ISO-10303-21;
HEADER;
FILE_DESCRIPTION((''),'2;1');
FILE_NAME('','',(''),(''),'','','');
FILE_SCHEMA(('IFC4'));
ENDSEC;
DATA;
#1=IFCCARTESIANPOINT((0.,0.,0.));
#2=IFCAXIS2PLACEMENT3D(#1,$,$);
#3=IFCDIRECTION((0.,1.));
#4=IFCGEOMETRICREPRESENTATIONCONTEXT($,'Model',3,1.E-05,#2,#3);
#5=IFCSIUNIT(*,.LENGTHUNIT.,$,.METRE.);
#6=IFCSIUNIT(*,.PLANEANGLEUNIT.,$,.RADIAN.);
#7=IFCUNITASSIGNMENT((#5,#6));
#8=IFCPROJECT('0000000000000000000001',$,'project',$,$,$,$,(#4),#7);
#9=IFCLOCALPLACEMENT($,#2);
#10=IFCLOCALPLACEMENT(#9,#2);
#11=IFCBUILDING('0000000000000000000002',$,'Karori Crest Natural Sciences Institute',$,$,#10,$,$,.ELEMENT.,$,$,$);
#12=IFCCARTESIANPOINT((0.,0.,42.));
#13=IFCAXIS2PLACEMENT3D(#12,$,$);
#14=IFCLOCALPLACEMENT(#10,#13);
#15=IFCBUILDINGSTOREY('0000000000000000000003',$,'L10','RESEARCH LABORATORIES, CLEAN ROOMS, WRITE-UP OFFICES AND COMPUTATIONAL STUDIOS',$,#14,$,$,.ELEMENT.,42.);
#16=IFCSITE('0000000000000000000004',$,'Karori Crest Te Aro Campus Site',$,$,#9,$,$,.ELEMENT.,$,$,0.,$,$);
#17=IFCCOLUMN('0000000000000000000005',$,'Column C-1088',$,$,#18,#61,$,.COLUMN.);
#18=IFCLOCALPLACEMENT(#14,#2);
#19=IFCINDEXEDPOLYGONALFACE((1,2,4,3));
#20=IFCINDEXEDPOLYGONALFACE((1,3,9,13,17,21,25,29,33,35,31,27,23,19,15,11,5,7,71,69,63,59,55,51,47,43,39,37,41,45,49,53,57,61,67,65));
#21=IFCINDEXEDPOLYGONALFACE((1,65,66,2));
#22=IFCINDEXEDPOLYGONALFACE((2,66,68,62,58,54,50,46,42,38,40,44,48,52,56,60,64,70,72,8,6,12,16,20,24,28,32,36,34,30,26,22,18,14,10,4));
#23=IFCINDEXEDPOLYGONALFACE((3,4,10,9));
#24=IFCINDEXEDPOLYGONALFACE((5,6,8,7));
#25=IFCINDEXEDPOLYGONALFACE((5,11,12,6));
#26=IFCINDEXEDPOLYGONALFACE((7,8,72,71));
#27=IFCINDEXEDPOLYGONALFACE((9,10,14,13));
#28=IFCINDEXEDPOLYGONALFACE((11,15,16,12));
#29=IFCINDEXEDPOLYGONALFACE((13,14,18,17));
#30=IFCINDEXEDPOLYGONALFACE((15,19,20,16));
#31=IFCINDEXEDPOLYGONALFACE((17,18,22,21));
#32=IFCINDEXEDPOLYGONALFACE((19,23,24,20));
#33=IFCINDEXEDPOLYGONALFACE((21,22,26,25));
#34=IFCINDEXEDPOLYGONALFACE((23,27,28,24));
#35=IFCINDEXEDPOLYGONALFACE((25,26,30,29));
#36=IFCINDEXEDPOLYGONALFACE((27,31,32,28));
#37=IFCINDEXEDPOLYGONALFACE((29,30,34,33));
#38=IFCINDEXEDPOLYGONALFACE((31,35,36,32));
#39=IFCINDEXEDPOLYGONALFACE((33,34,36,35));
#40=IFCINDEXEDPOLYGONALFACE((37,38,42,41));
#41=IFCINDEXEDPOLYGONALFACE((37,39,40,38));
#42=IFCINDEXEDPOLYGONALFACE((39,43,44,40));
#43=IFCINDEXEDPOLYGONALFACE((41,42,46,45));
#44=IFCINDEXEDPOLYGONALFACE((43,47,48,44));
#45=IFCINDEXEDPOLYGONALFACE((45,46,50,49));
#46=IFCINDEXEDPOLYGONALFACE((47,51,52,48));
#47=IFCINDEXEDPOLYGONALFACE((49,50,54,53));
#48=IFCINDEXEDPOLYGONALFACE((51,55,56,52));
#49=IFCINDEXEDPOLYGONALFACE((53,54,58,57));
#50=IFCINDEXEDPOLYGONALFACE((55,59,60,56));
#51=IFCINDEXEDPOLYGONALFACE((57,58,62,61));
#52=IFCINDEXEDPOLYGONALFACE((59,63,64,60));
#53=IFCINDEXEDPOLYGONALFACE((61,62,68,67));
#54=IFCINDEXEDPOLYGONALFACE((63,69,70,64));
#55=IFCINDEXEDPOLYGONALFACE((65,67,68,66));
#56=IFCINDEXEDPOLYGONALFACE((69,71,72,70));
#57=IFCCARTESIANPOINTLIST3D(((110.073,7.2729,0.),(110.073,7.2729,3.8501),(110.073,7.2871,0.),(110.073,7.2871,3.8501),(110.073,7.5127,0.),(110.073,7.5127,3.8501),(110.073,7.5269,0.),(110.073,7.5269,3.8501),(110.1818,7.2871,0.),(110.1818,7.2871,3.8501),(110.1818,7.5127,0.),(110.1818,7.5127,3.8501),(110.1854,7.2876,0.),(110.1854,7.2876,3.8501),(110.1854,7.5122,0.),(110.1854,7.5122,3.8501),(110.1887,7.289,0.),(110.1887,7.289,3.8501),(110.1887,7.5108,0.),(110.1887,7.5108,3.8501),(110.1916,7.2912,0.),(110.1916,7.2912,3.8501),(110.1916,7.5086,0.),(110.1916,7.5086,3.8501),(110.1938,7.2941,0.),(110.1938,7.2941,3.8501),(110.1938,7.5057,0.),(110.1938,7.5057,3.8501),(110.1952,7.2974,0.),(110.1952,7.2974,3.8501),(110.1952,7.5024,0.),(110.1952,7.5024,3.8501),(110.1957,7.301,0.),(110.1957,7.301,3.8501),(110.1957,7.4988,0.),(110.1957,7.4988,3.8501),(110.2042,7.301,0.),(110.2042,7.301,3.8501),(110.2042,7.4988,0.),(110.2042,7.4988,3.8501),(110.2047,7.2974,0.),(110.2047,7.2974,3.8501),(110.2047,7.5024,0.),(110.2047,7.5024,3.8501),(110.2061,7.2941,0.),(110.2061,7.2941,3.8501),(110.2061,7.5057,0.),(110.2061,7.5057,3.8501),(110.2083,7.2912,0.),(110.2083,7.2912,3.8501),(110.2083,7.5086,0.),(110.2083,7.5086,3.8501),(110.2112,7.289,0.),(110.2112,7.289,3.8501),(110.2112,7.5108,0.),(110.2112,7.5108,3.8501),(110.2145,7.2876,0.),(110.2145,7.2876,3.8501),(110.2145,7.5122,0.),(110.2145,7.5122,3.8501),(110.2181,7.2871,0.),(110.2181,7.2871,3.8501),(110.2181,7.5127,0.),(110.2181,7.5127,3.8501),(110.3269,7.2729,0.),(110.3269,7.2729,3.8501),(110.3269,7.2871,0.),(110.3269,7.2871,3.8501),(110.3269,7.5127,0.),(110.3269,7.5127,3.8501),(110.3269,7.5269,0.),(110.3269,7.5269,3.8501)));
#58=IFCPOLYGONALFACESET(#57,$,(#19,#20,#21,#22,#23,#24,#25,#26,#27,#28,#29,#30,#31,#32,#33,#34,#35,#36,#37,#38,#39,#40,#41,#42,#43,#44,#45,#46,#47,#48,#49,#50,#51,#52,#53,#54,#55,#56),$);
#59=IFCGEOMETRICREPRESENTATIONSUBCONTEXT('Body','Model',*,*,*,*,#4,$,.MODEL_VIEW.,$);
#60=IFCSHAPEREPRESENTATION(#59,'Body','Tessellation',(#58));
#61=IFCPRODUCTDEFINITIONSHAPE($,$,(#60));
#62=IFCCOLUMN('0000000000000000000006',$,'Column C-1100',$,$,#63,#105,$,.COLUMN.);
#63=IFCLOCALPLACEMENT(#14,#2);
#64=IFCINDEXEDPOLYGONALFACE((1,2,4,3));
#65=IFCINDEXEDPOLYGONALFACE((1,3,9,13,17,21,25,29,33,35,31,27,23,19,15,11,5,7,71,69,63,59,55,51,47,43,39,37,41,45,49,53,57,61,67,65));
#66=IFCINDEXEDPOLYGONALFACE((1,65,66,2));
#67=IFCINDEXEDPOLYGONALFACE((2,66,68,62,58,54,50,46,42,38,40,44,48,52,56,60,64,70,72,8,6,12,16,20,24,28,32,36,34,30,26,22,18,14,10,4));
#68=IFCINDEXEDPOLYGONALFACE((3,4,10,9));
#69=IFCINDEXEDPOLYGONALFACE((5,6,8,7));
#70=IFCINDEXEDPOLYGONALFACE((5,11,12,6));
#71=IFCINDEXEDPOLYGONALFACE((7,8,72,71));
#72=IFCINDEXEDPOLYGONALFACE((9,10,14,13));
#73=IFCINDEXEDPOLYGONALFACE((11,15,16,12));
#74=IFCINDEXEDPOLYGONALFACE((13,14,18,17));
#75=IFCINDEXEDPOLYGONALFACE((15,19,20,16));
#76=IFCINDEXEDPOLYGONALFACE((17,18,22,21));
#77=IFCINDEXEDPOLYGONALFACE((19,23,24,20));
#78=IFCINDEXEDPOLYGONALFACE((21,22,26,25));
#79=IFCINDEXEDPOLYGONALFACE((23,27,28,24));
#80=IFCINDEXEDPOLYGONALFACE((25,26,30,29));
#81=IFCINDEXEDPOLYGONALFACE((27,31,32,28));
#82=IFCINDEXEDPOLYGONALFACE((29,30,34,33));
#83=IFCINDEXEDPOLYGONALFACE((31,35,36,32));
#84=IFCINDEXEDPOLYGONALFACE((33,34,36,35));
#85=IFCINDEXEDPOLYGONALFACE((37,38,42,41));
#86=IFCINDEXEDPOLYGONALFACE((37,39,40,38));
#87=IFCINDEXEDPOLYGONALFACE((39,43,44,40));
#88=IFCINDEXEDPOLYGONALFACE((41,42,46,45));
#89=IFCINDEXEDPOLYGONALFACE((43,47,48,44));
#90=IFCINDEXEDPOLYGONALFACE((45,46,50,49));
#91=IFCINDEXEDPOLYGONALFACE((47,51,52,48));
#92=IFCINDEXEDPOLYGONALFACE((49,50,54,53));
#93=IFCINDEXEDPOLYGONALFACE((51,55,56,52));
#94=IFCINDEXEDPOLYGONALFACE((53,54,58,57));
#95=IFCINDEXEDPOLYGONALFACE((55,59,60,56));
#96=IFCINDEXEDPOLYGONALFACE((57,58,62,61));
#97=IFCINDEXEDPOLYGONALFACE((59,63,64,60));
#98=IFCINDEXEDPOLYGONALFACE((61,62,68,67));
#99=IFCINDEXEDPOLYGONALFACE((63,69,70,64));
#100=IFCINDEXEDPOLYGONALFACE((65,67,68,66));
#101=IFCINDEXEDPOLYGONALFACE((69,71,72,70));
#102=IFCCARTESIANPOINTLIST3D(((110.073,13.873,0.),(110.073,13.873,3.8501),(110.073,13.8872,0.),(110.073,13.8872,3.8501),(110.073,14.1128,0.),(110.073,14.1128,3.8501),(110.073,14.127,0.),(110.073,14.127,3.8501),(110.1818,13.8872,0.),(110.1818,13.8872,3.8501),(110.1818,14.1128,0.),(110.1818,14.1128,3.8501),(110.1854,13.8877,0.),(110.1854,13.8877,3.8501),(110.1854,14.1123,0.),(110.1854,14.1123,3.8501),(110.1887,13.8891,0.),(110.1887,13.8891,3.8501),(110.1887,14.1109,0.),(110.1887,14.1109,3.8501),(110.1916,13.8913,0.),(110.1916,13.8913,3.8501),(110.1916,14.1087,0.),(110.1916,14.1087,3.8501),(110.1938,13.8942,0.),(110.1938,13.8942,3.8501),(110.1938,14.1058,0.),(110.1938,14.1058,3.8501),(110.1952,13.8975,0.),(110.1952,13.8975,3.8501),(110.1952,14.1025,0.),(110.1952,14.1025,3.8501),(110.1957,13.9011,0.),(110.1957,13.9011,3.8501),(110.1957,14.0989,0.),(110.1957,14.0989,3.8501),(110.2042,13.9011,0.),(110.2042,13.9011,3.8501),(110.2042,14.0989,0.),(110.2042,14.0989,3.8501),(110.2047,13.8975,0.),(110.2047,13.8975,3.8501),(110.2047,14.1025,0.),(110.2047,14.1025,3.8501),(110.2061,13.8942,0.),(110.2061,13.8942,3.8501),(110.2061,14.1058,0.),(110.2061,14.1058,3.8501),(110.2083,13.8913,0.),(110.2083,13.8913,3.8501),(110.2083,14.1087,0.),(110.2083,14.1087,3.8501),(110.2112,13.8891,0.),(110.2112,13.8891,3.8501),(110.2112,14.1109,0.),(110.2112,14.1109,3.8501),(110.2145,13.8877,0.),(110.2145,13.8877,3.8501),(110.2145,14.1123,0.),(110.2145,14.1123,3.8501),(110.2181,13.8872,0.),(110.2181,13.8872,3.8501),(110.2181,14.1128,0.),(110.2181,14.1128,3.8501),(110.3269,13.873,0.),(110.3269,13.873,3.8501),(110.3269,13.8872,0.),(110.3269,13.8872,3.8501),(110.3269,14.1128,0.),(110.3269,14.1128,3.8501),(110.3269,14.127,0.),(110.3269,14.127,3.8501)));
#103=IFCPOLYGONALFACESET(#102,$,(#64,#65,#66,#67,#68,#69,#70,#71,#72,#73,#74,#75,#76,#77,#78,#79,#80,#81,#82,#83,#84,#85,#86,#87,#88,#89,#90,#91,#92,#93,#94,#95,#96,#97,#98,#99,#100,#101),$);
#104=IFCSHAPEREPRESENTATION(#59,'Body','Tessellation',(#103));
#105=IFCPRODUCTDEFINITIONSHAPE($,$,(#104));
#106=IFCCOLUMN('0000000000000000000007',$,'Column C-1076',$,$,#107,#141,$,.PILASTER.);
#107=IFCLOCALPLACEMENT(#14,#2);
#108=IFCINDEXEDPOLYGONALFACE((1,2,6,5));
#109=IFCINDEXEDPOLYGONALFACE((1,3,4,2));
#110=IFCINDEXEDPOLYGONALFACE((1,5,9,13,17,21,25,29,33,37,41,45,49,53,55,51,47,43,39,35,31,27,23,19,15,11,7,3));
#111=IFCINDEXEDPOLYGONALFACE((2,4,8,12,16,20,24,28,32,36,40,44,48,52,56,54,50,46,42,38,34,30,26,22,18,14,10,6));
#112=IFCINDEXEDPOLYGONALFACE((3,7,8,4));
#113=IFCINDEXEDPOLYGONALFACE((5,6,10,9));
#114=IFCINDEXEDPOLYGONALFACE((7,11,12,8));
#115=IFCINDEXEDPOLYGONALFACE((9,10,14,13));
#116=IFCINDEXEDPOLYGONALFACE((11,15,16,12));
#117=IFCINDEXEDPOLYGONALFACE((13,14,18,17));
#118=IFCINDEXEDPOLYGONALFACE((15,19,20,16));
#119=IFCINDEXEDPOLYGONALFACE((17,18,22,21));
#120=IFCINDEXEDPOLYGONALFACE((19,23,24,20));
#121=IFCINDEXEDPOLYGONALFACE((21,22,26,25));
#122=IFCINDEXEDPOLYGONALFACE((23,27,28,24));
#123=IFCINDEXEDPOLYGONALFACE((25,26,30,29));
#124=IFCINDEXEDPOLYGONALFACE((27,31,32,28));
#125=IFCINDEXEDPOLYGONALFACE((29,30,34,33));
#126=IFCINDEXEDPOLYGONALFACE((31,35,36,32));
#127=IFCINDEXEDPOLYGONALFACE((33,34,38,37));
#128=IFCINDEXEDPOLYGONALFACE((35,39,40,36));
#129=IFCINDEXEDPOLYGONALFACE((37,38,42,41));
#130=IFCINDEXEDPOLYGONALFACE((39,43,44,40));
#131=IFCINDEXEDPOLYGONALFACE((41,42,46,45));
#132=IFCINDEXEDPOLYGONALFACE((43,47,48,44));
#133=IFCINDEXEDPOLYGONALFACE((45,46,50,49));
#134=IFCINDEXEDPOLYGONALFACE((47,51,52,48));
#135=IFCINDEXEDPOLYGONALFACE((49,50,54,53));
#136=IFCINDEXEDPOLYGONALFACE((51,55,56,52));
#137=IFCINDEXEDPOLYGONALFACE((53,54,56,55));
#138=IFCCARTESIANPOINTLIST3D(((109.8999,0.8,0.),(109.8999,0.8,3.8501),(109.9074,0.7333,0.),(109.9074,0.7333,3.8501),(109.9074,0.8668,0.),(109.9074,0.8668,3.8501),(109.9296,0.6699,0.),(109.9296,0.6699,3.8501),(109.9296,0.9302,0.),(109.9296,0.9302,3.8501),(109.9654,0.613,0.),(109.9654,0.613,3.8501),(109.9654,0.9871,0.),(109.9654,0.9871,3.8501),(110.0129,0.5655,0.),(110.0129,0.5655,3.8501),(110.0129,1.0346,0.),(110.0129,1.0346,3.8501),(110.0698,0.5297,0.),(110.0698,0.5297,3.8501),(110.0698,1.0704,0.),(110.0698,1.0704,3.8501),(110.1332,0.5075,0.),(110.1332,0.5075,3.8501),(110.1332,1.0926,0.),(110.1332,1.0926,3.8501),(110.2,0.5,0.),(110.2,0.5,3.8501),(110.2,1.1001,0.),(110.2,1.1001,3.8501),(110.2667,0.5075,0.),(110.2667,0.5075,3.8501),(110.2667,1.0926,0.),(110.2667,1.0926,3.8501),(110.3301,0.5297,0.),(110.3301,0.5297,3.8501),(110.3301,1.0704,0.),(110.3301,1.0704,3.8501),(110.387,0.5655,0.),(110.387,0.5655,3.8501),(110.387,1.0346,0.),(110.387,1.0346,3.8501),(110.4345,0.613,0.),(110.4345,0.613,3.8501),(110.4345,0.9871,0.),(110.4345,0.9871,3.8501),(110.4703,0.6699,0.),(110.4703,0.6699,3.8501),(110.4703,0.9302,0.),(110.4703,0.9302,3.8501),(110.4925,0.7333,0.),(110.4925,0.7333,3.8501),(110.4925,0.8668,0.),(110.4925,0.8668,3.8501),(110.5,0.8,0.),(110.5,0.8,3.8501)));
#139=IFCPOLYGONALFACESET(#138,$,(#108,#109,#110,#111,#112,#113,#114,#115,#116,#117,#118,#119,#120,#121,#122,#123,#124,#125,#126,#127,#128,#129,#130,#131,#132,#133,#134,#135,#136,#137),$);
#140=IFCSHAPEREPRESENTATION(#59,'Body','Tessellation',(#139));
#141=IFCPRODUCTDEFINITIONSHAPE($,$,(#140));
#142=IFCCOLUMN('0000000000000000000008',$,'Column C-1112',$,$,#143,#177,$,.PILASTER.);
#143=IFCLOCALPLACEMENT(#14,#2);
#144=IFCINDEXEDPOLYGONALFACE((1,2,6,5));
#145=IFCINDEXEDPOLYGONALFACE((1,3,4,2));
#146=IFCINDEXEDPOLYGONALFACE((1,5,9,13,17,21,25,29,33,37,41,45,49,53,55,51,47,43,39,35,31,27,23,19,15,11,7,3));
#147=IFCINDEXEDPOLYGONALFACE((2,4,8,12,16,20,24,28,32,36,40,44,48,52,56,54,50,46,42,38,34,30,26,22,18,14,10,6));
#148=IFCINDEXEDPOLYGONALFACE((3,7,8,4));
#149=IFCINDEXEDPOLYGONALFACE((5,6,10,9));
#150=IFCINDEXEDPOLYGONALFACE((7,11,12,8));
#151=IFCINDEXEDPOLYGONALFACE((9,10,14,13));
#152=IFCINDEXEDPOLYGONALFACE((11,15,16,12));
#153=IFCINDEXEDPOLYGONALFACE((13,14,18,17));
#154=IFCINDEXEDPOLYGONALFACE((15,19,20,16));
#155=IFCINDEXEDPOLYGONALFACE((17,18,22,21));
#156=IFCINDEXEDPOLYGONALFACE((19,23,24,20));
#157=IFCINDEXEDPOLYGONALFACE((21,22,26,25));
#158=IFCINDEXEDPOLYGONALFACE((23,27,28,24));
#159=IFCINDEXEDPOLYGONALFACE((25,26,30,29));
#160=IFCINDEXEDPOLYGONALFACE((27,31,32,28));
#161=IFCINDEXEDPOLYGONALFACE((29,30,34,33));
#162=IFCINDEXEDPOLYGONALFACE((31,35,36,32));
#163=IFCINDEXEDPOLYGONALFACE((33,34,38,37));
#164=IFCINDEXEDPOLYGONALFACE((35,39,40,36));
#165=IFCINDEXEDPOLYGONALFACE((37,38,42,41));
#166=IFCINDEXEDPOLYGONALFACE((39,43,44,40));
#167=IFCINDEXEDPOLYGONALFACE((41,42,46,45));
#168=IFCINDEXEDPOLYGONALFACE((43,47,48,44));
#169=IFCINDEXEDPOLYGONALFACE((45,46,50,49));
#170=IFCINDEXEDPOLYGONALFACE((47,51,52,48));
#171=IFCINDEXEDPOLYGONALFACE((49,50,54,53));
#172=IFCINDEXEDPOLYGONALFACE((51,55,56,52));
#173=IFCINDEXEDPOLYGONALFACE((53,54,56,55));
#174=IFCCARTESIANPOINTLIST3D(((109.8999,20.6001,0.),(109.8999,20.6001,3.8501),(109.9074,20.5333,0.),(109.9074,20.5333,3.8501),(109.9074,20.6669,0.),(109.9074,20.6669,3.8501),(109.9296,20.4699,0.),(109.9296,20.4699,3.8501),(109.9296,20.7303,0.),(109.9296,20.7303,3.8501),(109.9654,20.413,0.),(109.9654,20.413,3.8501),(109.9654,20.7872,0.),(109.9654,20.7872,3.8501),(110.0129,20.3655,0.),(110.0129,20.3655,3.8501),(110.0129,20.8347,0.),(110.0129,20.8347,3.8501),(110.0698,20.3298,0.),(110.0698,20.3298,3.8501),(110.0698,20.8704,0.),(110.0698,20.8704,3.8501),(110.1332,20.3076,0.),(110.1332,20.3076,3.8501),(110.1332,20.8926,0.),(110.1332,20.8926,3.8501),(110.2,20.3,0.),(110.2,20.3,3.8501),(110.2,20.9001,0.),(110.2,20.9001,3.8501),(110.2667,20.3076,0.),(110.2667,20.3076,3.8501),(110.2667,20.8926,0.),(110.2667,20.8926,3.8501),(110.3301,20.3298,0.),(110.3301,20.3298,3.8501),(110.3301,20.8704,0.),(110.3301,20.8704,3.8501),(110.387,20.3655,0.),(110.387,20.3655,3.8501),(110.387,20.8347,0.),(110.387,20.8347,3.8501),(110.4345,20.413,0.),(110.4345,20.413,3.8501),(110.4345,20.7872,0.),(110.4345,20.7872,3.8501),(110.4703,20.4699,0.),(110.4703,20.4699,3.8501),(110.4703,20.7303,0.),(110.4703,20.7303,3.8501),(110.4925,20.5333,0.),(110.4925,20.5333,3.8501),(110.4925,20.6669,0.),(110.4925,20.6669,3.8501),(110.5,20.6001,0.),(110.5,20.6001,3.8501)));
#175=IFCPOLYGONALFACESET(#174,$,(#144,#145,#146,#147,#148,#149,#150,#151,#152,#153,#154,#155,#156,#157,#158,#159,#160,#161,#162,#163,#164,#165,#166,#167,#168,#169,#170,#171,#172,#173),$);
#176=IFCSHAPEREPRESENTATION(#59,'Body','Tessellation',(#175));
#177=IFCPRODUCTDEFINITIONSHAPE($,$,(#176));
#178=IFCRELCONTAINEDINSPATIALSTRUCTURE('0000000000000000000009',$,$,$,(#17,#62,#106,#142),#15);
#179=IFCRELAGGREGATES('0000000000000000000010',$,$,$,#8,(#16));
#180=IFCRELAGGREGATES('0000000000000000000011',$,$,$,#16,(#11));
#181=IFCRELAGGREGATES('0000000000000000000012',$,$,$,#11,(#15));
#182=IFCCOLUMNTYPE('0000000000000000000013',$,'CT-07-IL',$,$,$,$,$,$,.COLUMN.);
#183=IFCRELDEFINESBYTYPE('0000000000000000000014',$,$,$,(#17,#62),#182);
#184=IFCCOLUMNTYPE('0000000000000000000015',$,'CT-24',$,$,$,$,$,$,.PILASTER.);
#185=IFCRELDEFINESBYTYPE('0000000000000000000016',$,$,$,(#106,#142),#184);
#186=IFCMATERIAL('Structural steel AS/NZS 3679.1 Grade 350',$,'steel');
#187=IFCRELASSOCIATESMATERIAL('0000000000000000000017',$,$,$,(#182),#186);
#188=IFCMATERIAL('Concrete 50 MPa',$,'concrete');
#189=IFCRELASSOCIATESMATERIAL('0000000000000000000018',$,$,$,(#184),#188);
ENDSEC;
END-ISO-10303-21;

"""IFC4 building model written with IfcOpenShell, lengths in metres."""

from ifc_helpers import new_model, si_unit, direction, frame, origin, origin_2d, place, context, subcontext, project, spatial, circle, i_section, extrude, material, material_profile, profile_set, type_object, element, save


model = new_model("IFC4")

# Units and contexts
model_context = context("Model", 3, precision=1e-05, world=origin(), true_north=direction((0.0, 1.0)))
body_context = subcontext(model_context, "Body", "Model", "MODEL_VIEW")
ifc_project = project(units=[si_unit("LENGTHUNIT", "METRE"), si_unit("PLANEANGLEUNIT", "RADIAN")], contexts=[model_context])

# Site, building, storey
site_placement = place(None, origin())
site = spatial("IfcSite", under=ifc_project, at=site_placement, Name="Karori Crest Te Aro Campus Site", CompositionType="ELEMENT", RefElevation=0.0)
building_placement = place(site_placement, origin())
building = spatial("IfcBuilding", under=site, at=building_placement, Name="Karori Crest Natural Sciences Institute", CompositionType="ELEMENT")
storey_placement = place(building_placement, frame((0.0, 0.0, 42.0)))
storey = spatial("IfcBuildingStorey", under=building, at=storey_placement, Name="L10", Description="RESEARCH LABORATORIES, CLEAN ROOMS, WRITE-UP OFFICES AND COMPUTATIONAL STUDIOS", CompositionType="ELEMENT", Elevation=42.0)

# Columns
ifc_material_1 = material(Name="Structural steel AS/NZS 3679.1 Grade 350", Category="steel")
ifc_material_profile_1 = material_profile(ifc_material_1, i_section(OverallWidth=0.2539, OverallDepth=0.2539, WebThickness=0.0085, FlangeThickness=0.0142, FilletRadius=0.0139, at=origin_2d()), Name="250UC72.9")
ifc_profile_set_1 = profile_set([ifc_material_profile_1], Name="Structural steel AS/NZS 3679.1 Grade 350")
column_type_1 = type_object("IfcColumnType", Name="CT-07-IL", PredefinedType="COLUMN", material=ifc_profile_set_1)
for number, where, z_axis, x_axis, name in (
    (1, (110.2, 7.3999, 0.0), (0.0, 0.0, 1.0), (1.0, 0.0, 0.0), "Column C-1088"),
    (2, (110.2, 14.0, 0.0), (0.0, 0.0, 1.0), (1.0, 0.0, 0.0), "Column C-1100"),
):
    element("IfcColumn", number, at=place(storey_placement, frame(where, z_axis=z_axis, x_axis=x_axis)), inside=storey, type_object=column_type_1, Name=name, PredefinedType="COLUMN", context=body_context, shape_type="SweptSolid", body=[
        extrude(i_section(OverallWidth=0.2539, OverallDepth=0.2539, WebThickness=0.0085, FlangeThickness=0.0142, FilletRadius=0.0139, at=origin_2d()), origin(), (0.0, 0.0, 1.0), 3.8501),
    ])
ifc_material_2 = material(Name="Concrete 50 MPa", Category="concrete")
ifc_material_profile_2 = material_profile(ifc_material_2, circle(Radius=0.3, at=origin_2d()), Name="RCC600")
ifc_profile_set_2 = profile_set([ifc_material_profile_2], Name="Concrete 50 MPa")
column_type_2 = type_object("IfcColumnType", Name="CT-24", PredefinedType="PILASTER", material=ifc_profile_set_2)
for number, where, z_axis, x_axis, name in (
    (3, (110.2, 0.8, 0.0), (0.0, 0.0, 1.0), (1.0, 0.0, 0.0), "Column C-1076"),
    (4, (110.2, 20.6001, 0.0), (0.0, 0.0, 1.0), (1.0, 0.0, 0.0), "Column C-1112"),
):
    element("IfcColumn", number, at=place(storey_placement, frame(where, z_axis=z_axis, x_axis=x_axis)), inside=storey, type_object=column_type_2, Name=name, PredefinedType="PILASTER", context=body_context, shape_type="SweptSolid", body=[
        extrude(circle(Radius=0.3, at=origin_2d()), origin(), (0.0, 0.0, 1.0), 3.8501),
    ])

save(model, "model.ifc")
